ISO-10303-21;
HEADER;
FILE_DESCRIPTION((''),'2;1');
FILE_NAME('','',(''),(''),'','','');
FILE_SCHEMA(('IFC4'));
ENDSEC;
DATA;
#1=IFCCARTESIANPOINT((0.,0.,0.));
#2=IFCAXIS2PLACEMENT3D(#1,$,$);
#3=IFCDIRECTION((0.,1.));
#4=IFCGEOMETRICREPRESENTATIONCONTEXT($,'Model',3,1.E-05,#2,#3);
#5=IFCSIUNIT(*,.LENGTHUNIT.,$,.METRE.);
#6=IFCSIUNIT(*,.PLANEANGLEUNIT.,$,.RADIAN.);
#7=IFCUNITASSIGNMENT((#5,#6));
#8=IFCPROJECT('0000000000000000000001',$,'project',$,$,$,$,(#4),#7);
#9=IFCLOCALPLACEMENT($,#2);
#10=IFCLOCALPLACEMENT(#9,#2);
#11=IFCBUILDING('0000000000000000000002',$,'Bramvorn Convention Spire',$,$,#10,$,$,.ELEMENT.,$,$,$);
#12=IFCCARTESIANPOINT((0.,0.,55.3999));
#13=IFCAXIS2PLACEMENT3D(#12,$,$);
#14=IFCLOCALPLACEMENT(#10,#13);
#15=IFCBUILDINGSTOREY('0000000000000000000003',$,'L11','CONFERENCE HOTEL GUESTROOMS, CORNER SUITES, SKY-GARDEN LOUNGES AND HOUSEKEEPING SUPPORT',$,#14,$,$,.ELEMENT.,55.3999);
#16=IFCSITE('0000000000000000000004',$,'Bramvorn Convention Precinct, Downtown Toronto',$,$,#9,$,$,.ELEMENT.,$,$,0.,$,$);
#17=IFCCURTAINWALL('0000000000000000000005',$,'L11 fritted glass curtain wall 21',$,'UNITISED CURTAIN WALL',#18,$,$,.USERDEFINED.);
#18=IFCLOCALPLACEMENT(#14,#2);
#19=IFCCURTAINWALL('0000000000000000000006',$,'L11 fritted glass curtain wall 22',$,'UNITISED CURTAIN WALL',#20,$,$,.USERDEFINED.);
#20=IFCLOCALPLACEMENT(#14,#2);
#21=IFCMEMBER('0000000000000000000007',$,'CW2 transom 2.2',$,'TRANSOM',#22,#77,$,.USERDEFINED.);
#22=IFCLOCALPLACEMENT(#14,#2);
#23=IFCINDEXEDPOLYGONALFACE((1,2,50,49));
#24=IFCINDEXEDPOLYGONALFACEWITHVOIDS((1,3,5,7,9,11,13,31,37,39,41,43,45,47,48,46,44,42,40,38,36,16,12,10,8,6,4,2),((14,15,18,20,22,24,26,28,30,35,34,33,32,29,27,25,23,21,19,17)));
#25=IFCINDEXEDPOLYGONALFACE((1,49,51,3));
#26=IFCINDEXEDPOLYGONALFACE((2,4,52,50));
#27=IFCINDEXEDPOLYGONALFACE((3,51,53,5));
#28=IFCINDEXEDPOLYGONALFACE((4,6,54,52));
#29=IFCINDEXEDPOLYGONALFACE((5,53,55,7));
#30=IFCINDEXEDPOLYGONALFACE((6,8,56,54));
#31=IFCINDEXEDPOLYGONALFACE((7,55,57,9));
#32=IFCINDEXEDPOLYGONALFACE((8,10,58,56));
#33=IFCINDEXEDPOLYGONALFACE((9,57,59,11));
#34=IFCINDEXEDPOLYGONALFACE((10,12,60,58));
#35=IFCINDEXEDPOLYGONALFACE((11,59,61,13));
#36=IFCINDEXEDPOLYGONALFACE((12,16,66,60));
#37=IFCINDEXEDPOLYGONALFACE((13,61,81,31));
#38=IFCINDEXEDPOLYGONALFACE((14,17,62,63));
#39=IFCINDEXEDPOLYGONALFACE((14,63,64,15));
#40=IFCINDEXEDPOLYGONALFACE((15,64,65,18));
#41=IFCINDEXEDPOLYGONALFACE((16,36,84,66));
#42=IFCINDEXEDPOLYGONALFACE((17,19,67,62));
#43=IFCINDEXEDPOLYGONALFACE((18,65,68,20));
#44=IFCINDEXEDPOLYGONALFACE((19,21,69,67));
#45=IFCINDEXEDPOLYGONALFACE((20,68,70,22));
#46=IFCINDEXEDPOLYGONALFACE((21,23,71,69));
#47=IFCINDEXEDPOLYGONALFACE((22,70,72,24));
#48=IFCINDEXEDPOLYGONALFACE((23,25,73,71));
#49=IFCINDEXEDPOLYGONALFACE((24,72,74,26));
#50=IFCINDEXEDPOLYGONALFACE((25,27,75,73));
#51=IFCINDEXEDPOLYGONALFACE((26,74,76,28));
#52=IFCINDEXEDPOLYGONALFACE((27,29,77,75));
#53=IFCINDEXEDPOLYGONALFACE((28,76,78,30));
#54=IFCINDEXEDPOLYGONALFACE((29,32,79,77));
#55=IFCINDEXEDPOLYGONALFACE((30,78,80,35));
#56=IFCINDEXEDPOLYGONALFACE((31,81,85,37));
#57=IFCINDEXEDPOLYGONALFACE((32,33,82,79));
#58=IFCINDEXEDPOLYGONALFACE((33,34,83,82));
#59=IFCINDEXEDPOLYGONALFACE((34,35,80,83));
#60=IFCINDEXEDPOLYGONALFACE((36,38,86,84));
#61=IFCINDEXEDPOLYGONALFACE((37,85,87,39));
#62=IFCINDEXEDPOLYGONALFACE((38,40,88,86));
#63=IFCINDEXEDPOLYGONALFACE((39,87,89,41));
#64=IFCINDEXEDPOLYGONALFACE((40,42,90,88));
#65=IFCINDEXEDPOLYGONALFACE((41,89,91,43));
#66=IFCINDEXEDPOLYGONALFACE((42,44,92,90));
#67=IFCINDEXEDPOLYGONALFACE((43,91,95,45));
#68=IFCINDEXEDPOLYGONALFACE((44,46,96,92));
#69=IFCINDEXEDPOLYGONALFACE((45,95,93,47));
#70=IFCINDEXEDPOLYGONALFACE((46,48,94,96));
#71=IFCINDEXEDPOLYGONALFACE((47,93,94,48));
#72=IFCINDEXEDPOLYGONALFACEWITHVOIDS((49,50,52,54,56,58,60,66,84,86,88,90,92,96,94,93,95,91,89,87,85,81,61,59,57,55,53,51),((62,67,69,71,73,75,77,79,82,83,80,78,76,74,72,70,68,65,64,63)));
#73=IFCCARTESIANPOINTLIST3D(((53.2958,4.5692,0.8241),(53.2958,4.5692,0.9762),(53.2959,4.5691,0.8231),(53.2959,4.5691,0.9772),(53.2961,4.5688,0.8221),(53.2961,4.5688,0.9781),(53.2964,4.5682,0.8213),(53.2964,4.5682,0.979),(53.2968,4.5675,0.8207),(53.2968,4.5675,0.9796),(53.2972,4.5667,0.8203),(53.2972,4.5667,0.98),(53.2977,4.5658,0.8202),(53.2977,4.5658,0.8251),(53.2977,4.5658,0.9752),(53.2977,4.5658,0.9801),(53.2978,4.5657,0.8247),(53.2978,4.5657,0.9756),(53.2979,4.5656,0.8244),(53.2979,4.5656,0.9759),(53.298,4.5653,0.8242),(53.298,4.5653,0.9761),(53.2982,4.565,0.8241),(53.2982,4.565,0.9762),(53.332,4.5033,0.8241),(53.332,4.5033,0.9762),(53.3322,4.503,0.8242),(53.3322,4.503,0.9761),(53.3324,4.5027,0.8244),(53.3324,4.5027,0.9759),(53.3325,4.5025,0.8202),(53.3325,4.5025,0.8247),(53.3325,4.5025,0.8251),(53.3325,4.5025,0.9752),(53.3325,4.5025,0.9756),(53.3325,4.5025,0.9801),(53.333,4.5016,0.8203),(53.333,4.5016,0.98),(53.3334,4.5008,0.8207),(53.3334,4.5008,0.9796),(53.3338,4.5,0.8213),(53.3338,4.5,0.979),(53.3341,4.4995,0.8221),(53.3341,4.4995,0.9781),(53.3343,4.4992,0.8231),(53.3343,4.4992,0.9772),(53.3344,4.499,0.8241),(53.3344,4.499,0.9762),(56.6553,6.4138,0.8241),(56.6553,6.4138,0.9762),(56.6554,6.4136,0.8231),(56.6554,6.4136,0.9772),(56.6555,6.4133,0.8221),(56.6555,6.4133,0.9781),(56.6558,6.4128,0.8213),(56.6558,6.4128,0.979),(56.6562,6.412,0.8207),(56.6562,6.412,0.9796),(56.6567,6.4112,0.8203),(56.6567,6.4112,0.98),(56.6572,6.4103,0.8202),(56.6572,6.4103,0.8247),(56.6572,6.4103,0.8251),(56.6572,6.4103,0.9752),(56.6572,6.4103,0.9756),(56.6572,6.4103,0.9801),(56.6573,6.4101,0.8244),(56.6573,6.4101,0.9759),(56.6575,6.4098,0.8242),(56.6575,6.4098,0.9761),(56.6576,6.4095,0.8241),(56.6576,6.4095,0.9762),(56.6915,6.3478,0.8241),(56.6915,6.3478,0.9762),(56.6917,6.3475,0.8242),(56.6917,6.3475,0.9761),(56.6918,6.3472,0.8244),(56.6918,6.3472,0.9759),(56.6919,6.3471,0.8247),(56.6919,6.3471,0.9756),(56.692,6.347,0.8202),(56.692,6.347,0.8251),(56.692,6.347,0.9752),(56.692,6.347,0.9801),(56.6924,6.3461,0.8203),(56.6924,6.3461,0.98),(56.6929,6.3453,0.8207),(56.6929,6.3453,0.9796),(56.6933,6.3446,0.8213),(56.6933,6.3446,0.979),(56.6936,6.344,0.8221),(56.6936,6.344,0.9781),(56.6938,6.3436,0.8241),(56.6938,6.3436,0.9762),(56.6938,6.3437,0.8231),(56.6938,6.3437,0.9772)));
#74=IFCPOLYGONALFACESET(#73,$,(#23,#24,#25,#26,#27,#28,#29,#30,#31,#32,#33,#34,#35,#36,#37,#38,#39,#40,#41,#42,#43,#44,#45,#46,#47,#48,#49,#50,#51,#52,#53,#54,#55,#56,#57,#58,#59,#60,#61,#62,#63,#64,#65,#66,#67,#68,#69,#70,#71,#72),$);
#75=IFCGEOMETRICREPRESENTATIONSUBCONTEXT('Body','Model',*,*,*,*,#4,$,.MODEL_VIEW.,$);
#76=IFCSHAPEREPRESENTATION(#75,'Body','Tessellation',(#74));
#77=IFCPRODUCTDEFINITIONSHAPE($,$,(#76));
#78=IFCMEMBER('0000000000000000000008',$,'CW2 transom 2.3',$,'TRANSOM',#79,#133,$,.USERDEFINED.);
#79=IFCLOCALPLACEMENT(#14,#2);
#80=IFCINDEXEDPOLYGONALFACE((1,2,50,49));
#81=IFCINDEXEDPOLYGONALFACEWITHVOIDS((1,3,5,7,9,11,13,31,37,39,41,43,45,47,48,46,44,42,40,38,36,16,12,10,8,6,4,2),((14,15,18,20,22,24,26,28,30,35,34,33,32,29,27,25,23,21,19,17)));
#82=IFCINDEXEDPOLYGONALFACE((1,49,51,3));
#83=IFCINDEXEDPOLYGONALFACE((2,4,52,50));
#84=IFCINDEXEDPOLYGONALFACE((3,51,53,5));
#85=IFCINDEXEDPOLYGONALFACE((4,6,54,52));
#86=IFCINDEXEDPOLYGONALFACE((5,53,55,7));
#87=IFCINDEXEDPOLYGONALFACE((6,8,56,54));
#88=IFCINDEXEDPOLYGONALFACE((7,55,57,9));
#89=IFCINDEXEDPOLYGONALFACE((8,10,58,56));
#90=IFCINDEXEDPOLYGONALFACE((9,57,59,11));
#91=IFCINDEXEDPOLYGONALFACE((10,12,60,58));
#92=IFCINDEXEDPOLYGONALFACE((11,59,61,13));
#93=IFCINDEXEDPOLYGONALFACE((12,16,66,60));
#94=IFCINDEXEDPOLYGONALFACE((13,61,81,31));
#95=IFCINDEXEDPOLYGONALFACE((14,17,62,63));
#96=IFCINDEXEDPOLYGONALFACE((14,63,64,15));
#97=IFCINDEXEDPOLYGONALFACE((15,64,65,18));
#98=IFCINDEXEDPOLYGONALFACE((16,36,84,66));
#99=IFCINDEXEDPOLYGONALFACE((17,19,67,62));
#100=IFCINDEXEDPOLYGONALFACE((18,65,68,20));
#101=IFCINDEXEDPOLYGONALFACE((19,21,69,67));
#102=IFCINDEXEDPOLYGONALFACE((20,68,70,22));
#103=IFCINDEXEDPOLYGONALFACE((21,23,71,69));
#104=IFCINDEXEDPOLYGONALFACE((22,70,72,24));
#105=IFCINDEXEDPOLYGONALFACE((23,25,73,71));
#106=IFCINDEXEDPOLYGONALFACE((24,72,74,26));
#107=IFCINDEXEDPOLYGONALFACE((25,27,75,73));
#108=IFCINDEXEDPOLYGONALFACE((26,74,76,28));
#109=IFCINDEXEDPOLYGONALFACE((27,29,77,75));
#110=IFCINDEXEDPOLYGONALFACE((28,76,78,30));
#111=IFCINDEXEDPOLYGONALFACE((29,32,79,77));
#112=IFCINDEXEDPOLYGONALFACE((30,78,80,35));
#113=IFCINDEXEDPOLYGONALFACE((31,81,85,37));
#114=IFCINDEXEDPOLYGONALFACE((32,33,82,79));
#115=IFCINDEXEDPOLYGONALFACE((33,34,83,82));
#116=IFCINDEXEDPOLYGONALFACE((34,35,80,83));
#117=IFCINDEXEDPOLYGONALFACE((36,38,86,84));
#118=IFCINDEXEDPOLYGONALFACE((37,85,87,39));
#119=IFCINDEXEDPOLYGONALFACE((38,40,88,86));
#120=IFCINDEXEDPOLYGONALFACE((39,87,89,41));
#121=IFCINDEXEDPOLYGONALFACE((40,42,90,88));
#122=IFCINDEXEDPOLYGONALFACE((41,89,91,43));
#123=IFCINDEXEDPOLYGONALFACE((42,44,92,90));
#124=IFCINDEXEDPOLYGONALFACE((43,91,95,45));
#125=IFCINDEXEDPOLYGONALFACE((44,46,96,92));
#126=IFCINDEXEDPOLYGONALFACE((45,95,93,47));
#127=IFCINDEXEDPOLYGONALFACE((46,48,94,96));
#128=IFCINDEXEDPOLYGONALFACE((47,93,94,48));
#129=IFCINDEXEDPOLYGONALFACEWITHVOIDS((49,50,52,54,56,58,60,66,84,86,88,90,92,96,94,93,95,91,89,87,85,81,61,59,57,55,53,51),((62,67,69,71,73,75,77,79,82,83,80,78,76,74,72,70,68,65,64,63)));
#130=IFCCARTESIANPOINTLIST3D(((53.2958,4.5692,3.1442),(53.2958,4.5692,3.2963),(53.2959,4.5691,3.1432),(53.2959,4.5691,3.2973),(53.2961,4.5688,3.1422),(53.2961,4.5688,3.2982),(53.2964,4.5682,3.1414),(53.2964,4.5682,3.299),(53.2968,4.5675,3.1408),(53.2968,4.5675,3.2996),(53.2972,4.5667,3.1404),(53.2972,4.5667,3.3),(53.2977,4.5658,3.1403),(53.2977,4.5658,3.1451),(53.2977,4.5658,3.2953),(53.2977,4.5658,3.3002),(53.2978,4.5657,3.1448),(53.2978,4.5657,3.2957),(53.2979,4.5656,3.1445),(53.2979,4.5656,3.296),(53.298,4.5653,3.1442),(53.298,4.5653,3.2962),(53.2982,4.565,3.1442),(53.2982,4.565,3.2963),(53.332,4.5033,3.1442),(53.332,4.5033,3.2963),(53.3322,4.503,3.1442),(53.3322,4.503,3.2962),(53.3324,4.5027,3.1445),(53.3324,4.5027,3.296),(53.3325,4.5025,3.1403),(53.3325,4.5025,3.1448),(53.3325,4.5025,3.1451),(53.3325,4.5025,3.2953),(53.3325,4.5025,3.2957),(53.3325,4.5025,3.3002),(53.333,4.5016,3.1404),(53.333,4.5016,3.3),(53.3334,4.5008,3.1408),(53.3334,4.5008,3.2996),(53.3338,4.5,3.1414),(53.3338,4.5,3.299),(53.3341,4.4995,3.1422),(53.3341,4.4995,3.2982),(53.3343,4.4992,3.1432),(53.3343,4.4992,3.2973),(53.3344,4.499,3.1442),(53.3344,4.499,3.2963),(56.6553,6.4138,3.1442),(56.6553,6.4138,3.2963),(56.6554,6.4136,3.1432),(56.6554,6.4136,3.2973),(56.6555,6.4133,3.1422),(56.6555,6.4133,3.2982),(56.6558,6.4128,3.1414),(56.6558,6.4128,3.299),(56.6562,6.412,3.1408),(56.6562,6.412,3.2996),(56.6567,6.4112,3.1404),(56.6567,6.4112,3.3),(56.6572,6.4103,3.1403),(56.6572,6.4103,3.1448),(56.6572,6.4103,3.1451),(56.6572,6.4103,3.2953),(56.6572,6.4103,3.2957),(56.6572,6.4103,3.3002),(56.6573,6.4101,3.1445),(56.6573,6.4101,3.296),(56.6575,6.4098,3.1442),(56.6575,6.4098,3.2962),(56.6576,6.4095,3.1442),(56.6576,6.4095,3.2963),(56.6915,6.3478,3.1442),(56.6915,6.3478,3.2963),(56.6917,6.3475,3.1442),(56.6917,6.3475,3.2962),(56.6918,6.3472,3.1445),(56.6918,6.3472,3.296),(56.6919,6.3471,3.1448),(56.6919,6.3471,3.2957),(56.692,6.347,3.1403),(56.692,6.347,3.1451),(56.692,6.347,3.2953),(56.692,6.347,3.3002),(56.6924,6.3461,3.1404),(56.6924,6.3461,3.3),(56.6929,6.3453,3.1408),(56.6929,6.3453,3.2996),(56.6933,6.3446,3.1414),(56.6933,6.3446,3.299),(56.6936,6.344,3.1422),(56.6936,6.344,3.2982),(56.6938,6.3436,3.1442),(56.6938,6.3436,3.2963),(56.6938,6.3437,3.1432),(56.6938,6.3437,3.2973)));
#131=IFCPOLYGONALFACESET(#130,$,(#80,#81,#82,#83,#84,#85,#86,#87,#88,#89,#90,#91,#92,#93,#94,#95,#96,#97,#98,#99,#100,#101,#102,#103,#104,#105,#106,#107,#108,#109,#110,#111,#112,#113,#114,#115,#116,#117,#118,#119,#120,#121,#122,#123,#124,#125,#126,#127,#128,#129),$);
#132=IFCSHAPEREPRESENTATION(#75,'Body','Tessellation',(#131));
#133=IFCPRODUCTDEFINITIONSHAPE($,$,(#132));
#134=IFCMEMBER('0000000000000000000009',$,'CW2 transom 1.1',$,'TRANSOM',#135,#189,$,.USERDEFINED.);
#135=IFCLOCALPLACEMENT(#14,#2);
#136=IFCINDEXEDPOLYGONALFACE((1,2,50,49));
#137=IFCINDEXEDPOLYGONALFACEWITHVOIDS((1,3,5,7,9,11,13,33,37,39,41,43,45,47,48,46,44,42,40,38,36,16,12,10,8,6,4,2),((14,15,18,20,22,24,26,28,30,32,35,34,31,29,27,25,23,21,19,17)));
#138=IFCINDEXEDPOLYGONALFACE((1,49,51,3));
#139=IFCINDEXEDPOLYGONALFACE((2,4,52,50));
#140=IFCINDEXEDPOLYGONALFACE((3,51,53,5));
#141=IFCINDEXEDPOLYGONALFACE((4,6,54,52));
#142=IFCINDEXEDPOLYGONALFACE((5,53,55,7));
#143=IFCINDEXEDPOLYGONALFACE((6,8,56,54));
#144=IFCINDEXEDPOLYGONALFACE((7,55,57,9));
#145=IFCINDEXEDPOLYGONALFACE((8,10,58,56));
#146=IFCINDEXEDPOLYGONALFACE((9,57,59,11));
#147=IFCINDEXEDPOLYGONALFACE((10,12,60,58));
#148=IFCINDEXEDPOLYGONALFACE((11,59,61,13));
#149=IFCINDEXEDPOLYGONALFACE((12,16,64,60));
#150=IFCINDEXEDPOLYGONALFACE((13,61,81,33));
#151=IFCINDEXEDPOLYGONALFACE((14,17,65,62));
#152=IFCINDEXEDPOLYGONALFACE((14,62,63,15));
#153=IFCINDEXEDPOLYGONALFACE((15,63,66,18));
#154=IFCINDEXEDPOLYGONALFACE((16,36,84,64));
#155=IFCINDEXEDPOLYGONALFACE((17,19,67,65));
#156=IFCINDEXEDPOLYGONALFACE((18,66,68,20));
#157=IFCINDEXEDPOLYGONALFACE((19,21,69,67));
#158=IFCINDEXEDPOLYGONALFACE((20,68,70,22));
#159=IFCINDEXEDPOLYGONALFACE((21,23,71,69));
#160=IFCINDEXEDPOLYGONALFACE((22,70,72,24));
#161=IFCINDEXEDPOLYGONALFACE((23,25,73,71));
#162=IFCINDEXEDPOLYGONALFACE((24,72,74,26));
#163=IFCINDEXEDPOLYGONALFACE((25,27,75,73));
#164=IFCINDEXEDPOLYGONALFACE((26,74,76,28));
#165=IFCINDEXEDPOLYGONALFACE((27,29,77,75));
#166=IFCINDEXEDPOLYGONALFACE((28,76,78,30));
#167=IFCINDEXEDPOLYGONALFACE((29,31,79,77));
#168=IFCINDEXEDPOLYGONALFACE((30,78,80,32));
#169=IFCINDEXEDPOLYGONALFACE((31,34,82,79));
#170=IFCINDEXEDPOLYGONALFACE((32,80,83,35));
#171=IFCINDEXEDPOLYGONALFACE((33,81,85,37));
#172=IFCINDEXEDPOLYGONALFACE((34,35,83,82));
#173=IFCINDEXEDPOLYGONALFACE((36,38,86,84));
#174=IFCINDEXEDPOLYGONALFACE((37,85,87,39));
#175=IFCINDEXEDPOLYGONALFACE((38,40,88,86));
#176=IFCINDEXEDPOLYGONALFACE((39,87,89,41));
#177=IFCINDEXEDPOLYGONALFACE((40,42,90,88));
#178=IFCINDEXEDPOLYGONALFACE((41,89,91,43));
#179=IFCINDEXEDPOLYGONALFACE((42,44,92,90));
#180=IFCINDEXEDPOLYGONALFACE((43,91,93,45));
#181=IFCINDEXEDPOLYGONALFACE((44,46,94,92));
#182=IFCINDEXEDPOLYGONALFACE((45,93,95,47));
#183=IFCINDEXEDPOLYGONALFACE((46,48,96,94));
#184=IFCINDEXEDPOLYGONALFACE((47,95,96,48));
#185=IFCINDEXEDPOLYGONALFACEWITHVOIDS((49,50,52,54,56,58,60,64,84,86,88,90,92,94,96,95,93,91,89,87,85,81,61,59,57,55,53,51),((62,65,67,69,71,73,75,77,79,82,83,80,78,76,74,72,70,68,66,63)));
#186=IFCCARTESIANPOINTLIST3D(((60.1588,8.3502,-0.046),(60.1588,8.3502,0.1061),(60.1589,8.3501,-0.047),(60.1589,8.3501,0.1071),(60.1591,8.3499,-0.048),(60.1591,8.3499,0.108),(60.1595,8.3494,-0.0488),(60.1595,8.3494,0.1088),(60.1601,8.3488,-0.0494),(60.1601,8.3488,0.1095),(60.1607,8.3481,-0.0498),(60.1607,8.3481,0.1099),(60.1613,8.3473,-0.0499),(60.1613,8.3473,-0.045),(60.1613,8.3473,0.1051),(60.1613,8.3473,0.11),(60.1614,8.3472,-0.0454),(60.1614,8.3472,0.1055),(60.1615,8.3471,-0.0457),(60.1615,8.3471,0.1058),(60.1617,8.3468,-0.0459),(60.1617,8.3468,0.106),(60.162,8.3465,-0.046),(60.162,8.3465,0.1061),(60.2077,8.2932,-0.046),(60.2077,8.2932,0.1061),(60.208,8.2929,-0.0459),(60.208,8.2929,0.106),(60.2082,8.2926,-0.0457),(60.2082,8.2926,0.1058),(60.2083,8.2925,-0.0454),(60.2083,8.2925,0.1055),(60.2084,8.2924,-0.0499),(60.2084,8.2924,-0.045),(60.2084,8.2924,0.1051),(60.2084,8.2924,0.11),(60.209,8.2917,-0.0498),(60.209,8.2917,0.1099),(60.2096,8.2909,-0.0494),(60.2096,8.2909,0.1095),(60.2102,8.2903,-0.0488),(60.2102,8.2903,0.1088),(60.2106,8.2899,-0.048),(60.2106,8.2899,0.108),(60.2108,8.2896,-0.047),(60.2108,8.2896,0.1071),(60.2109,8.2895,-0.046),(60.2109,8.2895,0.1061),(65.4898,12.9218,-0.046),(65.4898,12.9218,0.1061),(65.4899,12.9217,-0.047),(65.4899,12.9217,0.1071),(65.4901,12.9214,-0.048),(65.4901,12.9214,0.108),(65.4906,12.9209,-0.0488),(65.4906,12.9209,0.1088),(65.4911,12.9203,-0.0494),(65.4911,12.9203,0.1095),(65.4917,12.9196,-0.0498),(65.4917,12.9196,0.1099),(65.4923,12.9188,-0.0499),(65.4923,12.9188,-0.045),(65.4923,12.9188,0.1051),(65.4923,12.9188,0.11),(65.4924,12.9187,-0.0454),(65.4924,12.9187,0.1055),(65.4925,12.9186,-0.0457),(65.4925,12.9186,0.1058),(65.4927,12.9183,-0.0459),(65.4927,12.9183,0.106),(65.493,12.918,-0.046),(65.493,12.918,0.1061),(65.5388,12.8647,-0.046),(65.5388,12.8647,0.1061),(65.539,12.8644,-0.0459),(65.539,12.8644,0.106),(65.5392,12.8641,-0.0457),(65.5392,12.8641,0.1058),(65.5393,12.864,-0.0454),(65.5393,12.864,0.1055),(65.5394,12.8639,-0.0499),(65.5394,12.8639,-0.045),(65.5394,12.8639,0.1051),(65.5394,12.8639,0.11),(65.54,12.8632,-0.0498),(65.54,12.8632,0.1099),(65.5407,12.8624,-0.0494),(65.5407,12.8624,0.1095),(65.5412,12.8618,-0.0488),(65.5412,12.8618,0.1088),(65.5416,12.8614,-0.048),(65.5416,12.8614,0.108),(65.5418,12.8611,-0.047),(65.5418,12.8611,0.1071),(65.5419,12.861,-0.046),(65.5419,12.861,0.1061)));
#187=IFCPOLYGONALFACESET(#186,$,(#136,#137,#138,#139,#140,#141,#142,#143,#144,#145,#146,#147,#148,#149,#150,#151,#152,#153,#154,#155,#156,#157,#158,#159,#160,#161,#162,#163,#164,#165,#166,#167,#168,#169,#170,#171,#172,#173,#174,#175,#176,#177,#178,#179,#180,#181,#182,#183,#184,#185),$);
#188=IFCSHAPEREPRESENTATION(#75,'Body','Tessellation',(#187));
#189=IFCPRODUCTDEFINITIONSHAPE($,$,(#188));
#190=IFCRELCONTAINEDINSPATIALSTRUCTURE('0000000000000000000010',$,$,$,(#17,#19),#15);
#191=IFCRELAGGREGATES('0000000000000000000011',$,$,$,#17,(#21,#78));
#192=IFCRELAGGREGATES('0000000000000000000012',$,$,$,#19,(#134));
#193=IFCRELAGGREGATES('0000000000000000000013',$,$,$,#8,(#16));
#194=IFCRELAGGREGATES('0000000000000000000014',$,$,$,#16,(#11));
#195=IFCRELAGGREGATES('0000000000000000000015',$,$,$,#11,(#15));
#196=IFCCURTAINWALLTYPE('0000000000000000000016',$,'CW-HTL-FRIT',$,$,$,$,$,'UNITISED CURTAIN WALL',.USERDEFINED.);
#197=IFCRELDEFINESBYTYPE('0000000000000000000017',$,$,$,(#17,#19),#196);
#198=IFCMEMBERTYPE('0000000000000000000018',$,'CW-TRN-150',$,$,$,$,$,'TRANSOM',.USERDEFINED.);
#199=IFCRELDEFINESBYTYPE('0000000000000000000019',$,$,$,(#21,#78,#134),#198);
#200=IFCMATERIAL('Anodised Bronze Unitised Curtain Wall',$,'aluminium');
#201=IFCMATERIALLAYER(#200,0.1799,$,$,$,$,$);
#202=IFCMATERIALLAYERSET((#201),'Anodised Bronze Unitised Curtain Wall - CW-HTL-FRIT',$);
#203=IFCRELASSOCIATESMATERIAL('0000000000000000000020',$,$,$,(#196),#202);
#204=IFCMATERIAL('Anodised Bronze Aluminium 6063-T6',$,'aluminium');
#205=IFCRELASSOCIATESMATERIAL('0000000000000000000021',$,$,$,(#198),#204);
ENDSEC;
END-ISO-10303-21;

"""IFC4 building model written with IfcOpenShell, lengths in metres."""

from ifc_helpers import new_model, si_unit, direction, frame, origin, origin_2d, place, context, subcontext, project, spatial, hollow_rectangle, extrude, material, layer, layer_set, material_profile, profile_set, type_object, element, aggregate, save


model = new_model("IFC4")

# Units and contexts
model_context = context("Model", 3, precision=1e-05, world=origin(), true_north=direction((0.0, 1.0)))
body_context = subcontext(model_context, "Body", "Model", "MODEL_VIEW")
ifc_project = project(units=[si_unit("LENGTHUNIT", "METRE"), si_unit("PLANEANGLEUNIT", "RADIAN")], contexts=[model_context])

# Site, building, storey
site_placement = place(None, origin())
site = spatial("IfcSite", under=ifc_project, at=site_placement, Name="Bramvorn Convention Precinct, Downtown Toronto", CompositionType="ELEMENT", RefElevation=0.0)
building_placement = place(site_placement, origin())
building = spatial("IfcBuilding", under=site, at=building_placement, Name="Bramvorn Convention Spire", CompositionType="ELEMENT")
storey_placement = place(building_placement, frame((0.0, 0.0, 55.3999)))
storey = spatial("IfcBuildingStorey", under=building, at=storey_placement, Name="L11", Description="CONFERENCE HOTEL GUESTROOMS, CORNER SUITES, SKY-GARDEN LOUNGES AND HOUSEKEEPING SUPPORT", CompositionType="ELEMENT", Elevation=55.3999)

# Curtain walls
ifc_material_1 = material(Name="Anodised Bronze Unitised Curtain Wall", Category="aluminium")
ifc_layer_1 = layer(ifc_material_1, 0.1799)
ifc_layer_set_1 = layer_set([ifc_layer_1], Name="Anodised Bronze Unitised Curtain Wall - CW-HTL-FRIT")
curtain_wall_type_1 = type_object("IfcCurtainWallType", Name="CW-HTL-FRIT", ElementType="UNITISED CURTAIN WALL", PredefinedType="USERDEFINED", material=ifc_layer_set_1)
curtain_wall_1_placement = place(storey_placement, origin())
curtain_wall_1 = element("IfcCurtainWall", 1, at=curtain_wall_1_placement, inside=storey, type_object=curtain_wall_type_1, Name="L11 fritted glass curtain wall 21", ObjectType="UNITISED CURTAIN WALL", PredefinedType="USERDEFINED")
ifc_material_2 = material(Name="Anodised Bronze Aluminium 6063-T6", Category="aluminium")
curtain_wall_2_placement = place(storey_placement, origin())
curtain_wall_2 = element("IfcCurtainWall", 2, at=curtain_wall_2_placement, inside=storey, type_object=curtain_wall_type_1, Name="L11 fritted glass curtain wall 22", ObjectType="UNITISED CURTAIN WALL", PredefinedType="USERDEFINED")

# Members
ifc_material_profile_1 = material_profile(ifc_material_2, hollow_rectangle(XDim=0.0801, YDim=0.1599, WallThickness=0.0039, InnerFilletRadius=0.001, OuterFilletRadius=0.0039, at=origin_2d()))
ifc_profile_set_1 = profile_set([ifc_material_profile_1], Name="Anodised Bronze Aluminium 6063-T6 - CWT80X160")
member_type_1 = type_object("IfcMemberType", Name="CW-TRN-150", ElementType="TRANSOM", PredefinedType="USERDEFINED", material=ifc_profile_set_1)
member_1_placement = place(storey_placement, frame((56.6746, 6.3787, 0.9001), z_axis=(-0.876565, -0.481283, 0.0), x_axis=(0.481283, -0.876565, 0.0)))
member_1 = element("IfcMember", 3, at=member_1_placement, type_object=member_type_1, Name="CW2 transom 2.2", ObjectType="TRANSOM", PredefinedType="USERDEFINED", context=body_context, shape_type="SweptSolid", body=[
    extrude(hollow_rectangle(XDim=0.0801, YDim=0.1599, WallThickness=0.0039, InnerFilletRadius=0.001, OuterFilletRadius=0.0039, at=origin_2d()), origin(), (0.0, 0.0, 1.0), 3.8325),
])
member_2_placement = place(storey_placement, frame((56.6746, 6.3787, 3.2202), z_axis=(-0.876565, -0.481283, 0.0), x_axis=(0.481283, -0.876565, 0.0)))
member_2 = element("IfcMember", 4, at=member_2_placement, type_object=member_type_1, Name="CW2 transom 2.3", ObjectType="TRANSOM", PredefinedType="USERDEFINED", context=body_context, shape_type="SweptSolid", body=[
    extrude(hollow_rectangle(XDim=0.0801, YDim=0.1599, WallThickness=0.0039, InnerFilletRadius=0.001, OuterFilletRadius=0.0039, at=origin_2d()), origin(), (0.0, 0.0, 1.0), 3.8325),
])
member_3_placement = place(storey_placement, frame((65.5159, 12.8914, 0.03), z_axis=(-0.759112, -0.65096, 0.0), x_axis=(0.65096, -0.759112, 0.0)))
member_3 = element("IfcMember", 5, at=member_3_placement, type_object=member_type_1, Name="CW2 transom 1.1", ObjectType="TRANSOM", PredefinedType="USERDEFINED", context=body_context, shape_type="SweptSolid", body=[
    extrude(hollow_rectangle(XDim=0.0801, YDim=0.1599, WallThickness=0.0039, InnerFilletRadius=0.001, OuterFilletRadius=0.0039, at=origin_2d()), origin(), (0.0, 0.0, 1.0), 7.0227),
])

aggregate(curtain_wall_1, [member_1, member_2])
aggregate(curtain_wall_2, [member_3])

save(model, "model.ifc")
